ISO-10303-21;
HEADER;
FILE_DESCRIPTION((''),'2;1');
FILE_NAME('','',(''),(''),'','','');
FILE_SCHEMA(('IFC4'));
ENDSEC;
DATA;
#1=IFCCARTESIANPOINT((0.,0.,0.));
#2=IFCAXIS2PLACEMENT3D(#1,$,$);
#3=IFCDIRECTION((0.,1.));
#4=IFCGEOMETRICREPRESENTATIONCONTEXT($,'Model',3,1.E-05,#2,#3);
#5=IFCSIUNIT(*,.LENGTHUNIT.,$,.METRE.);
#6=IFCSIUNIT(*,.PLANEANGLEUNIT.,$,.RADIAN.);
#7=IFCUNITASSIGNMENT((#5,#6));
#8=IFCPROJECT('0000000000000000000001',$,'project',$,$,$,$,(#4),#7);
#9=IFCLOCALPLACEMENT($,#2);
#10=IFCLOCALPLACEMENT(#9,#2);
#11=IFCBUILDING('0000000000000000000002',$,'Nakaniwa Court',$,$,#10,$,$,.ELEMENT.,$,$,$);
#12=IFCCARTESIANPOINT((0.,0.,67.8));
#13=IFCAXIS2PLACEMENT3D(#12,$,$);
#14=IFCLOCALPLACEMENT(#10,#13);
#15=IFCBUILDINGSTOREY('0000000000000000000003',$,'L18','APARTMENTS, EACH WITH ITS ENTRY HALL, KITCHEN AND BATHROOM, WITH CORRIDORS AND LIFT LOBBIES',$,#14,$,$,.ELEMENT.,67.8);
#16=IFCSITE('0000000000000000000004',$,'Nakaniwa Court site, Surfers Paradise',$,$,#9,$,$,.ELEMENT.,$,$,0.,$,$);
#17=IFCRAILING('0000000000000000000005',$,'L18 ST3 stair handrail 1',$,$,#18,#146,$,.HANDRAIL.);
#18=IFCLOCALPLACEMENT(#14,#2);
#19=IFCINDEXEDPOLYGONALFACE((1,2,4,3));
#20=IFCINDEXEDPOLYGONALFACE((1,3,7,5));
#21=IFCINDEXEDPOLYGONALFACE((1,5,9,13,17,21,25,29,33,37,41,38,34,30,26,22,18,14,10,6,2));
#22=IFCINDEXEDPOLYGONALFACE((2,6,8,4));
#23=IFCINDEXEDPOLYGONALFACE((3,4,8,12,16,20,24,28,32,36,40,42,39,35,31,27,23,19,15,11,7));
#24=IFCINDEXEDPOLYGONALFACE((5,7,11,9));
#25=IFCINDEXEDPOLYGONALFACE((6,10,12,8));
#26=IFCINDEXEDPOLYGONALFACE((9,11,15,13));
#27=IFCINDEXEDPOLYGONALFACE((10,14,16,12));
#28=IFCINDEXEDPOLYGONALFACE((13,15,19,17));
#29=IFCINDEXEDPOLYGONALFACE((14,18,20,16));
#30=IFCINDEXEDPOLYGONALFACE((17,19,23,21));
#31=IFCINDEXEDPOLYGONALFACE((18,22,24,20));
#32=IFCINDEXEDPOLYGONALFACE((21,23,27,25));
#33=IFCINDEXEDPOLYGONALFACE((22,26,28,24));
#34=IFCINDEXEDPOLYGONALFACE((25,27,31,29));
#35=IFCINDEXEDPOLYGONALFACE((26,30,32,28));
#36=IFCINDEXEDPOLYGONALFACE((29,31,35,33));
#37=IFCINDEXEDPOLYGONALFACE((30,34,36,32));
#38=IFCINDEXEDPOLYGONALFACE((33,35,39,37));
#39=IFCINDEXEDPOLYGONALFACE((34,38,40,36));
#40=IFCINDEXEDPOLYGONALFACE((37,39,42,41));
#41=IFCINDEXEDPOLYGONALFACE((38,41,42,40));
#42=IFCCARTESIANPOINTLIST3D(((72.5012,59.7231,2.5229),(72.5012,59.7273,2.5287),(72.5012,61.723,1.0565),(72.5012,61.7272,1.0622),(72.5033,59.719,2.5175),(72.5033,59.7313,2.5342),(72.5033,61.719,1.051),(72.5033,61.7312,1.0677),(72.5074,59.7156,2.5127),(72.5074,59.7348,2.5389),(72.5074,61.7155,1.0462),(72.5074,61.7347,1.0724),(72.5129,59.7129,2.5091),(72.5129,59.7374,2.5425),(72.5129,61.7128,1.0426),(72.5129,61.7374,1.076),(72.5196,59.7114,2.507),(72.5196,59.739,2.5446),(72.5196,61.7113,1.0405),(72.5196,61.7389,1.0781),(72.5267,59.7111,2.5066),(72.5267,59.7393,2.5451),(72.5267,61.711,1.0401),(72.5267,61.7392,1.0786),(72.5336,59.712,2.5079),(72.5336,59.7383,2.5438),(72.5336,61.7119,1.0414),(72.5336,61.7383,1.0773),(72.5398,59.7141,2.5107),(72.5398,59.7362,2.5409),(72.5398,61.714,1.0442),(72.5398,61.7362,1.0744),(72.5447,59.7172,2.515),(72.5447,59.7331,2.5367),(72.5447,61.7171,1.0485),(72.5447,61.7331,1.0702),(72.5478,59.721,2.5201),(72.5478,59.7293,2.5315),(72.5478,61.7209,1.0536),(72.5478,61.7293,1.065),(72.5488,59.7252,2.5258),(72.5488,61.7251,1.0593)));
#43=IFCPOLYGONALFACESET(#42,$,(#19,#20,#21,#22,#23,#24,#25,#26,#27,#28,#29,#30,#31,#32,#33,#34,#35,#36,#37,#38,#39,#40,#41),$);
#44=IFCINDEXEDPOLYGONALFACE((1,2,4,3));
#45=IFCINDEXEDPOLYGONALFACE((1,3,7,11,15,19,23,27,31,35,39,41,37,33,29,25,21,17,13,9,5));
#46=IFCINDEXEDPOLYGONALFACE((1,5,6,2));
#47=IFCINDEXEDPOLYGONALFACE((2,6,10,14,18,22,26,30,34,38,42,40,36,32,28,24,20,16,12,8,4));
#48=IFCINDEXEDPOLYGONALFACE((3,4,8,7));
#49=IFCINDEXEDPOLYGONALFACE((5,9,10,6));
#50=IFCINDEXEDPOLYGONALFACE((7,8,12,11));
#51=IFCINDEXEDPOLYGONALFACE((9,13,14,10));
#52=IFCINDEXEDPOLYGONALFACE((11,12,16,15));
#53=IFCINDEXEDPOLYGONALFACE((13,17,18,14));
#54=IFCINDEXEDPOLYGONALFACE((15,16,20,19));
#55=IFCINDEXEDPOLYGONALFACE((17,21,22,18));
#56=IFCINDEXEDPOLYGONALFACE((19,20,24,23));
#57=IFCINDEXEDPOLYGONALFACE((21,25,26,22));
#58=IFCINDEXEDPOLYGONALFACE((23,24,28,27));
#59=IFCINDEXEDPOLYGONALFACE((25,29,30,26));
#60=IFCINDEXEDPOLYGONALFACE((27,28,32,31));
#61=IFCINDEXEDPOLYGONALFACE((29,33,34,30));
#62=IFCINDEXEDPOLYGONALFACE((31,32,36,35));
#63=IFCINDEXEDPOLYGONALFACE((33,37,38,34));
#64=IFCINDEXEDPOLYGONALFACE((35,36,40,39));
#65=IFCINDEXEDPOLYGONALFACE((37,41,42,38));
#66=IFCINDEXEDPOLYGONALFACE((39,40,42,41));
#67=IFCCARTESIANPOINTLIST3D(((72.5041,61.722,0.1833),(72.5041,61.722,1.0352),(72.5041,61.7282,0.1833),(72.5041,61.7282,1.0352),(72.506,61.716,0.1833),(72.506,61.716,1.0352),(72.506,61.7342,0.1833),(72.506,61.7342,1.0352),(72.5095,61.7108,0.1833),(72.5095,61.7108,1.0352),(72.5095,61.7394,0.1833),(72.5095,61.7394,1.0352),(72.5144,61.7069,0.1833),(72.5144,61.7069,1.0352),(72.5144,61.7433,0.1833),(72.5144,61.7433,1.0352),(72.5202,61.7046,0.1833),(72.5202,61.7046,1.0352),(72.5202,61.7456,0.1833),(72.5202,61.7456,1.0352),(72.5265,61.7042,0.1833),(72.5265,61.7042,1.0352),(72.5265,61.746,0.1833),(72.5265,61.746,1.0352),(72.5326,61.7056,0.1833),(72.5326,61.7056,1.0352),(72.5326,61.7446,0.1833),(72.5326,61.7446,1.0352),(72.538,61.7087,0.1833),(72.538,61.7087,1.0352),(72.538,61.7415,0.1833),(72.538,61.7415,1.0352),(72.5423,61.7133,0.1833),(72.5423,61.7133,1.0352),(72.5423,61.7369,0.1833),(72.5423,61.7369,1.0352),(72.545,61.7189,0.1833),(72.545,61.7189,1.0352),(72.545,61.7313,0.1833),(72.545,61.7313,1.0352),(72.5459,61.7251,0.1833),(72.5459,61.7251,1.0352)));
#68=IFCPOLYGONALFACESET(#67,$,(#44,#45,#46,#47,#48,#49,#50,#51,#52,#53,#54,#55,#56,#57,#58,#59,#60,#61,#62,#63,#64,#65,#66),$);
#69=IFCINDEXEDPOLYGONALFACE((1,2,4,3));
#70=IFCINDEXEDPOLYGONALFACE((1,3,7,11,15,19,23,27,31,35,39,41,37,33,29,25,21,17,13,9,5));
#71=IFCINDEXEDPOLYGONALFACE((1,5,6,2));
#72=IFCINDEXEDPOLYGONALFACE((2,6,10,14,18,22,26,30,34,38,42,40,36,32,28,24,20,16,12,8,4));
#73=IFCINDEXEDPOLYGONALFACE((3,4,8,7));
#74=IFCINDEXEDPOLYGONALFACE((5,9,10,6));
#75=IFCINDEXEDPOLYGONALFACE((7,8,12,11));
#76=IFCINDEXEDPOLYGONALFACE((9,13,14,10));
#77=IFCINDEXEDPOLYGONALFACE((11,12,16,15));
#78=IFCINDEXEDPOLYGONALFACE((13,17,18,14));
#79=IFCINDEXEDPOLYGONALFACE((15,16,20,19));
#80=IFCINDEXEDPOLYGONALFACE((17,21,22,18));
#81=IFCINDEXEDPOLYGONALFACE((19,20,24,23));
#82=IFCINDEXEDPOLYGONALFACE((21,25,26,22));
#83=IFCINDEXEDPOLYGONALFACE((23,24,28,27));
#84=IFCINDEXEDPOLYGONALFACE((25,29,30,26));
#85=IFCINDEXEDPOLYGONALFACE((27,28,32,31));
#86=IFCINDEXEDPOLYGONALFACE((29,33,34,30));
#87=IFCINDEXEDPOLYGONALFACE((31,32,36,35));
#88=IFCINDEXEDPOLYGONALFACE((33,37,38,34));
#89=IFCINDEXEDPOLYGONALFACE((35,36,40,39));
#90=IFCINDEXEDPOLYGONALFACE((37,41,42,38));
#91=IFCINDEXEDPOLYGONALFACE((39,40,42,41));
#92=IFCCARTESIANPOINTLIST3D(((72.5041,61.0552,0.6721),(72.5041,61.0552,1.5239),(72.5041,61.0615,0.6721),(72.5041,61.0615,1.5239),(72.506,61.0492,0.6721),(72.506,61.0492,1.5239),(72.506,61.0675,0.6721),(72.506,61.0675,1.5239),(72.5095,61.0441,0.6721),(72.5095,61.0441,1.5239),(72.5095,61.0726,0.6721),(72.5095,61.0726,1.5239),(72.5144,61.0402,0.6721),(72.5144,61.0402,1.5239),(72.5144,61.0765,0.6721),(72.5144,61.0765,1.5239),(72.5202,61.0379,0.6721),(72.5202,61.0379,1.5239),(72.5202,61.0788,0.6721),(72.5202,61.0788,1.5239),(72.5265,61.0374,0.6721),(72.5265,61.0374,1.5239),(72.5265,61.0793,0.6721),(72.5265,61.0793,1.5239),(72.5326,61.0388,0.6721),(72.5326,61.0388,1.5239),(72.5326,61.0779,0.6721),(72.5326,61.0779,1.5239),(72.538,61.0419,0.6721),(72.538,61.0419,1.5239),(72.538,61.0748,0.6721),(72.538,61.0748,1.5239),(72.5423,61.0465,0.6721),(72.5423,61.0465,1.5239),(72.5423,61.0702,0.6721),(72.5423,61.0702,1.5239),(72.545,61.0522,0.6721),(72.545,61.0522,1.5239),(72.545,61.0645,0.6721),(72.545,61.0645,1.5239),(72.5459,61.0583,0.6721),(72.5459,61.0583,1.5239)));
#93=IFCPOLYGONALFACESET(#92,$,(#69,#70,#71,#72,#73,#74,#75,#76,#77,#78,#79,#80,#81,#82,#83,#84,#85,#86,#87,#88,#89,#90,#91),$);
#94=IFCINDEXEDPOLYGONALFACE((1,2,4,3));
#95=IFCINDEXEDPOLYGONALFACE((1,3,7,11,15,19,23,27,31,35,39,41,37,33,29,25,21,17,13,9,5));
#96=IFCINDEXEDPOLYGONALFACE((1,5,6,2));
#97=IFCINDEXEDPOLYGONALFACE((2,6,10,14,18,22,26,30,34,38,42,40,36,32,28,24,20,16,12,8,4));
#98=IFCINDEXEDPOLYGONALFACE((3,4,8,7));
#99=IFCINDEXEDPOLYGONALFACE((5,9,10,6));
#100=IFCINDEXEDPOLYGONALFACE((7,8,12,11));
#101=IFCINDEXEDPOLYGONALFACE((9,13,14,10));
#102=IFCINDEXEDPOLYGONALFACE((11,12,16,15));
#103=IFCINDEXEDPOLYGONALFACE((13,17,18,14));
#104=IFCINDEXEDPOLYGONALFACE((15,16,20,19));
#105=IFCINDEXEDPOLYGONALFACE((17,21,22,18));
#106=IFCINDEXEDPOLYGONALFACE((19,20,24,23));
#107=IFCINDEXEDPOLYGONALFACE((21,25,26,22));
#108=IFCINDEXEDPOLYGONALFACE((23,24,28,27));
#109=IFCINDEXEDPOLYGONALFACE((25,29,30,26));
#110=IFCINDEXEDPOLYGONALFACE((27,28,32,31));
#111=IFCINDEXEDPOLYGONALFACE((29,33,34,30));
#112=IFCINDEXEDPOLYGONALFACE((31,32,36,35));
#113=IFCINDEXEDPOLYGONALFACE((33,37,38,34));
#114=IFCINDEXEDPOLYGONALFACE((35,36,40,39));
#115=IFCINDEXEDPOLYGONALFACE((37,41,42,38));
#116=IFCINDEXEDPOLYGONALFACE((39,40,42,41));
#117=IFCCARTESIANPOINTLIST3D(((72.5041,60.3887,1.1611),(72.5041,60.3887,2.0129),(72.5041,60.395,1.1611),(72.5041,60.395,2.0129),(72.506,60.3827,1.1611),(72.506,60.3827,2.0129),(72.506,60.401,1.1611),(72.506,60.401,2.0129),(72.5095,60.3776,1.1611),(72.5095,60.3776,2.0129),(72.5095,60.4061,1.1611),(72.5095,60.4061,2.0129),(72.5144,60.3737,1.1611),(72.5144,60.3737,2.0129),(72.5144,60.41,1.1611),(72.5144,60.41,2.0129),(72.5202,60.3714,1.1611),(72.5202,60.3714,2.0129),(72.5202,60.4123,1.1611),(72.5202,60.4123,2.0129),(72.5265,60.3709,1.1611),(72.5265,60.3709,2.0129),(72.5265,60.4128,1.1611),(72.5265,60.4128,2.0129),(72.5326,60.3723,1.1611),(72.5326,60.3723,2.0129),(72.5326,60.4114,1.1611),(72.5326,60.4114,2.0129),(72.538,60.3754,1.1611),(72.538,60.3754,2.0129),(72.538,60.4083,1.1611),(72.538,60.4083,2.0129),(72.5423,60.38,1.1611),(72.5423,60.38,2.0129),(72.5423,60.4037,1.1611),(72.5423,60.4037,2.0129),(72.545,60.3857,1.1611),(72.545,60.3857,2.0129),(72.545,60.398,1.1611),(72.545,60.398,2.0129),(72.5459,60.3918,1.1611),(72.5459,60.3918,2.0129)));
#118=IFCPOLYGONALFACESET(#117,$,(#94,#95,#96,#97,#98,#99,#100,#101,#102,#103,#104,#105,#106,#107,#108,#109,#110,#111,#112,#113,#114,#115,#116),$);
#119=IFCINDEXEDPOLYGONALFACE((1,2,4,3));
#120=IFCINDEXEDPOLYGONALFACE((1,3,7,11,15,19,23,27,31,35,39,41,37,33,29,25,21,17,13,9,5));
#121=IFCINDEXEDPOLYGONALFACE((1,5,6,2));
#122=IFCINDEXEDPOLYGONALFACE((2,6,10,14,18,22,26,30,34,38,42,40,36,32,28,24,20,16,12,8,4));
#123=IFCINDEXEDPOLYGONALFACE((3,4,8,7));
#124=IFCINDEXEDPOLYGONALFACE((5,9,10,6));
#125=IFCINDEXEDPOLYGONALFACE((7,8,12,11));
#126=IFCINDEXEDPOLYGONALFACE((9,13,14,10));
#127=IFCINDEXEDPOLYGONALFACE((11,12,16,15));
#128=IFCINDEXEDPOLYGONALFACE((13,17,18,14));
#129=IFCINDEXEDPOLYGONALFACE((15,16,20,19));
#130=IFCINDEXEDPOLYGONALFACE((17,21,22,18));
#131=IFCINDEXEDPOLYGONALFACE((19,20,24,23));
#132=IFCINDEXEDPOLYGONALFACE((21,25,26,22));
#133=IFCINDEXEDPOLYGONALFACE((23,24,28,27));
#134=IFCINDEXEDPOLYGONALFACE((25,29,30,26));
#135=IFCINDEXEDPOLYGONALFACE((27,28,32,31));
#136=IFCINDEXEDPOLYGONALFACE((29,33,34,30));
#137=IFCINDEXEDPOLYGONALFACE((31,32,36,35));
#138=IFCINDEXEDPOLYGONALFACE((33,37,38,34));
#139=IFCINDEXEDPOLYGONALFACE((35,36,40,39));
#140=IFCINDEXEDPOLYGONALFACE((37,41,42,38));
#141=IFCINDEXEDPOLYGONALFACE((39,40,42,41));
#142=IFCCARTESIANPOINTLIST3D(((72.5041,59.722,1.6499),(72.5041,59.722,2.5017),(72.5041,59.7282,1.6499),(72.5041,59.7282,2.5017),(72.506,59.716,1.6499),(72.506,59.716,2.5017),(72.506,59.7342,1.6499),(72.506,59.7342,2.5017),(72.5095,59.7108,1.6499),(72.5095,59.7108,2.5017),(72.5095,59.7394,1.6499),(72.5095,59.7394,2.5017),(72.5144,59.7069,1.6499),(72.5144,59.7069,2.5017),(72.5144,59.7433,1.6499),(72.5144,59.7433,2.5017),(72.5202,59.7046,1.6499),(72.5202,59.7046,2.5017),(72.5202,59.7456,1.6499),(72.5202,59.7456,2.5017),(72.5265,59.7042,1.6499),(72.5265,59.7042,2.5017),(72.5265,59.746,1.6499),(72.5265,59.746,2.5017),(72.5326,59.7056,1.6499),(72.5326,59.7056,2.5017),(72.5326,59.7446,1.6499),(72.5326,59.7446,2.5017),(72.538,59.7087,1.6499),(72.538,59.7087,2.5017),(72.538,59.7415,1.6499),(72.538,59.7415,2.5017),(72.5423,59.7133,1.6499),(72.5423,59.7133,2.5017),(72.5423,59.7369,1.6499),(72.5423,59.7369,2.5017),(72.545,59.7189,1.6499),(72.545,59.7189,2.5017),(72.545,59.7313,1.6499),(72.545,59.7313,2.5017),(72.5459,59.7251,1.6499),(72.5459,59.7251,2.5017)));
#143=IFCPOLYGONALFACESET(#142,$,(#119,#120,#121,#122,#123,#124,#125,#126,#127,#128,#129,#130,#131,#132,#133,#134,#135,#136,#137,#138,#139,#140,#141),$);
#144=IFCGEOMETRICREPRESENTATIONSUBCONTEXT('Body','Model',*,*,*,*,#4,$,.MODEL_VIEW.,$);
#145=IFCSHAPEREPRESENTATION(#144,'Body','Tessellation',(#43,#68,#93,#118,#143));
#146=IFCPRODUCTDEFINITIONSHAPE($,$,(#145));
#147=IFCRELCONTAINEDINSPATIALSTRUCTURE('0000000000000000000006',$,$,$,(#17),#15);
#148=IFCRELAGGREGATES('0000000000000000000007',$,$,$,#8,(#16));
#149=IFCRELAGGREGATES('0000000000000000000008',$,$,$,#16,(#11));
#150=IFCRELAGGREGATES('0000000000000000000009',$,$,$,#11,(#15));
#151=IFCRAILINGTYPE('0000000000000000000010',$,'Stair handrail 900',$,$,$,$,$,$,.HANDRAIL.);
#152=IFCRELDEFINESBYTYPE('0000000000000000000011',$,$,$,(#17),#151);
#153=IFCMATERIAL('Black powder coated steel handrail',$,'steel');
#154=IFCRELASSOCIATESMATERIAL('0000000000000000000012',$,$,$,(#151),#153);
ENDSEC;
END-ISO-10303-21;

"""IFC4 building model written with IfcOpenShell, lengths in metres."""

from ifc_helpers import new_model, si_unit, direction, frame, origin, origin_2d, place, context, subcontext, project, spatial, circle, extrude, material, type_object, element, save


model = new_model("IFC4")

# Units and contexts
model_context = context("Model", 3, precision=1e-05, world=origin(), true_north=direction((0.0, 1.0)))
body_context = subcontext(model_context, "Body", "Model", "MODEL_VIEW")
ifc_project = project(units=[si_unit("LENGTHUNIT", "METRE"), si_unit("PLANEANGLEUNIT", "RADIAN")], contexts=[model_context])

# Site, building, storey
site_placement = place(None, origin())
site = spatial("IfcSite", under=ifc_project, at=site_placement, Name="Nakaniwa Court site, Surfers Paradise", CompositionType="ELEMENT", RefElevation=0.0)
building_placement = place(site_placement, origin())
building = spatial("IfcBuilding", under=site, at=building_placement, Name="Nakaniwa Court", CompositionType="ELEMENT")
storey_placement = place(building_placement, frame((0.0, 0.0, 67.8)))
storey = spatial("IfcBuildingStorey", under=building, at=storey_placement, Name="L18", Description="APARTMENTS, EACH WITH ITS ENTRY HALL, KITCHEN AND BATHROOM, WITH CORRIDORS AND LIFT LOBBIES", CompositionType="ELEMENT", Elevation=67.8)

# Railing
ifc_material_1 = material(Name="Black powder coated steel handrail", Category="steel")
railing_type_1 = type_object("IfcRailingType", Name="Stair handrail 900", PredefinedType="HANDRAIL", material=ifc_material_1)
railing_1_placement = place(storey_placement, frame((72.5249, 61.7251, 0.1833)))
element("IfcRailing", 1, at=railing_1_placement, inside=storey, type_object=railing_type_1, Name="L18 ST3 stair handrail 1", PredefinedType="HANDRAIL", context=body_context, shape_type="SweptSolid", body=[
    extrude(circle(Radius=0.0239, at=origin_2d()), frame((0.0, 0.0, 0.876), z_axis=(0.0, -0.806427, 0.591334), x_axis=(1.0, 0.0, 0.0)), (0.0, 0.0, 1.0), 2.48),
    extrude(circle(Radius=0.021, at=origin_2d()), origin(), (0.0, 0.0, 1.0), 0.8518),
    extrude(circle(Radius=0.021, at=origin_2d()), frame((0.0, -0.6667, 0.4888)), (0.0, 0.0, 1.0), 0.8518),
    extrude(circle(Radius=0.021, at=origin_2d()), frame((0.0, -1.3333, 0.9778)), (0.0, 0.0, 1.0), 0.8518),
    extrude(circle(Radius=0.021, at=origin_2d()), frame((0.0, -2.0, 1.4666)), (0.0, 0.0, 1.0), 0.8518),
])

save(model, "model.ifc")
